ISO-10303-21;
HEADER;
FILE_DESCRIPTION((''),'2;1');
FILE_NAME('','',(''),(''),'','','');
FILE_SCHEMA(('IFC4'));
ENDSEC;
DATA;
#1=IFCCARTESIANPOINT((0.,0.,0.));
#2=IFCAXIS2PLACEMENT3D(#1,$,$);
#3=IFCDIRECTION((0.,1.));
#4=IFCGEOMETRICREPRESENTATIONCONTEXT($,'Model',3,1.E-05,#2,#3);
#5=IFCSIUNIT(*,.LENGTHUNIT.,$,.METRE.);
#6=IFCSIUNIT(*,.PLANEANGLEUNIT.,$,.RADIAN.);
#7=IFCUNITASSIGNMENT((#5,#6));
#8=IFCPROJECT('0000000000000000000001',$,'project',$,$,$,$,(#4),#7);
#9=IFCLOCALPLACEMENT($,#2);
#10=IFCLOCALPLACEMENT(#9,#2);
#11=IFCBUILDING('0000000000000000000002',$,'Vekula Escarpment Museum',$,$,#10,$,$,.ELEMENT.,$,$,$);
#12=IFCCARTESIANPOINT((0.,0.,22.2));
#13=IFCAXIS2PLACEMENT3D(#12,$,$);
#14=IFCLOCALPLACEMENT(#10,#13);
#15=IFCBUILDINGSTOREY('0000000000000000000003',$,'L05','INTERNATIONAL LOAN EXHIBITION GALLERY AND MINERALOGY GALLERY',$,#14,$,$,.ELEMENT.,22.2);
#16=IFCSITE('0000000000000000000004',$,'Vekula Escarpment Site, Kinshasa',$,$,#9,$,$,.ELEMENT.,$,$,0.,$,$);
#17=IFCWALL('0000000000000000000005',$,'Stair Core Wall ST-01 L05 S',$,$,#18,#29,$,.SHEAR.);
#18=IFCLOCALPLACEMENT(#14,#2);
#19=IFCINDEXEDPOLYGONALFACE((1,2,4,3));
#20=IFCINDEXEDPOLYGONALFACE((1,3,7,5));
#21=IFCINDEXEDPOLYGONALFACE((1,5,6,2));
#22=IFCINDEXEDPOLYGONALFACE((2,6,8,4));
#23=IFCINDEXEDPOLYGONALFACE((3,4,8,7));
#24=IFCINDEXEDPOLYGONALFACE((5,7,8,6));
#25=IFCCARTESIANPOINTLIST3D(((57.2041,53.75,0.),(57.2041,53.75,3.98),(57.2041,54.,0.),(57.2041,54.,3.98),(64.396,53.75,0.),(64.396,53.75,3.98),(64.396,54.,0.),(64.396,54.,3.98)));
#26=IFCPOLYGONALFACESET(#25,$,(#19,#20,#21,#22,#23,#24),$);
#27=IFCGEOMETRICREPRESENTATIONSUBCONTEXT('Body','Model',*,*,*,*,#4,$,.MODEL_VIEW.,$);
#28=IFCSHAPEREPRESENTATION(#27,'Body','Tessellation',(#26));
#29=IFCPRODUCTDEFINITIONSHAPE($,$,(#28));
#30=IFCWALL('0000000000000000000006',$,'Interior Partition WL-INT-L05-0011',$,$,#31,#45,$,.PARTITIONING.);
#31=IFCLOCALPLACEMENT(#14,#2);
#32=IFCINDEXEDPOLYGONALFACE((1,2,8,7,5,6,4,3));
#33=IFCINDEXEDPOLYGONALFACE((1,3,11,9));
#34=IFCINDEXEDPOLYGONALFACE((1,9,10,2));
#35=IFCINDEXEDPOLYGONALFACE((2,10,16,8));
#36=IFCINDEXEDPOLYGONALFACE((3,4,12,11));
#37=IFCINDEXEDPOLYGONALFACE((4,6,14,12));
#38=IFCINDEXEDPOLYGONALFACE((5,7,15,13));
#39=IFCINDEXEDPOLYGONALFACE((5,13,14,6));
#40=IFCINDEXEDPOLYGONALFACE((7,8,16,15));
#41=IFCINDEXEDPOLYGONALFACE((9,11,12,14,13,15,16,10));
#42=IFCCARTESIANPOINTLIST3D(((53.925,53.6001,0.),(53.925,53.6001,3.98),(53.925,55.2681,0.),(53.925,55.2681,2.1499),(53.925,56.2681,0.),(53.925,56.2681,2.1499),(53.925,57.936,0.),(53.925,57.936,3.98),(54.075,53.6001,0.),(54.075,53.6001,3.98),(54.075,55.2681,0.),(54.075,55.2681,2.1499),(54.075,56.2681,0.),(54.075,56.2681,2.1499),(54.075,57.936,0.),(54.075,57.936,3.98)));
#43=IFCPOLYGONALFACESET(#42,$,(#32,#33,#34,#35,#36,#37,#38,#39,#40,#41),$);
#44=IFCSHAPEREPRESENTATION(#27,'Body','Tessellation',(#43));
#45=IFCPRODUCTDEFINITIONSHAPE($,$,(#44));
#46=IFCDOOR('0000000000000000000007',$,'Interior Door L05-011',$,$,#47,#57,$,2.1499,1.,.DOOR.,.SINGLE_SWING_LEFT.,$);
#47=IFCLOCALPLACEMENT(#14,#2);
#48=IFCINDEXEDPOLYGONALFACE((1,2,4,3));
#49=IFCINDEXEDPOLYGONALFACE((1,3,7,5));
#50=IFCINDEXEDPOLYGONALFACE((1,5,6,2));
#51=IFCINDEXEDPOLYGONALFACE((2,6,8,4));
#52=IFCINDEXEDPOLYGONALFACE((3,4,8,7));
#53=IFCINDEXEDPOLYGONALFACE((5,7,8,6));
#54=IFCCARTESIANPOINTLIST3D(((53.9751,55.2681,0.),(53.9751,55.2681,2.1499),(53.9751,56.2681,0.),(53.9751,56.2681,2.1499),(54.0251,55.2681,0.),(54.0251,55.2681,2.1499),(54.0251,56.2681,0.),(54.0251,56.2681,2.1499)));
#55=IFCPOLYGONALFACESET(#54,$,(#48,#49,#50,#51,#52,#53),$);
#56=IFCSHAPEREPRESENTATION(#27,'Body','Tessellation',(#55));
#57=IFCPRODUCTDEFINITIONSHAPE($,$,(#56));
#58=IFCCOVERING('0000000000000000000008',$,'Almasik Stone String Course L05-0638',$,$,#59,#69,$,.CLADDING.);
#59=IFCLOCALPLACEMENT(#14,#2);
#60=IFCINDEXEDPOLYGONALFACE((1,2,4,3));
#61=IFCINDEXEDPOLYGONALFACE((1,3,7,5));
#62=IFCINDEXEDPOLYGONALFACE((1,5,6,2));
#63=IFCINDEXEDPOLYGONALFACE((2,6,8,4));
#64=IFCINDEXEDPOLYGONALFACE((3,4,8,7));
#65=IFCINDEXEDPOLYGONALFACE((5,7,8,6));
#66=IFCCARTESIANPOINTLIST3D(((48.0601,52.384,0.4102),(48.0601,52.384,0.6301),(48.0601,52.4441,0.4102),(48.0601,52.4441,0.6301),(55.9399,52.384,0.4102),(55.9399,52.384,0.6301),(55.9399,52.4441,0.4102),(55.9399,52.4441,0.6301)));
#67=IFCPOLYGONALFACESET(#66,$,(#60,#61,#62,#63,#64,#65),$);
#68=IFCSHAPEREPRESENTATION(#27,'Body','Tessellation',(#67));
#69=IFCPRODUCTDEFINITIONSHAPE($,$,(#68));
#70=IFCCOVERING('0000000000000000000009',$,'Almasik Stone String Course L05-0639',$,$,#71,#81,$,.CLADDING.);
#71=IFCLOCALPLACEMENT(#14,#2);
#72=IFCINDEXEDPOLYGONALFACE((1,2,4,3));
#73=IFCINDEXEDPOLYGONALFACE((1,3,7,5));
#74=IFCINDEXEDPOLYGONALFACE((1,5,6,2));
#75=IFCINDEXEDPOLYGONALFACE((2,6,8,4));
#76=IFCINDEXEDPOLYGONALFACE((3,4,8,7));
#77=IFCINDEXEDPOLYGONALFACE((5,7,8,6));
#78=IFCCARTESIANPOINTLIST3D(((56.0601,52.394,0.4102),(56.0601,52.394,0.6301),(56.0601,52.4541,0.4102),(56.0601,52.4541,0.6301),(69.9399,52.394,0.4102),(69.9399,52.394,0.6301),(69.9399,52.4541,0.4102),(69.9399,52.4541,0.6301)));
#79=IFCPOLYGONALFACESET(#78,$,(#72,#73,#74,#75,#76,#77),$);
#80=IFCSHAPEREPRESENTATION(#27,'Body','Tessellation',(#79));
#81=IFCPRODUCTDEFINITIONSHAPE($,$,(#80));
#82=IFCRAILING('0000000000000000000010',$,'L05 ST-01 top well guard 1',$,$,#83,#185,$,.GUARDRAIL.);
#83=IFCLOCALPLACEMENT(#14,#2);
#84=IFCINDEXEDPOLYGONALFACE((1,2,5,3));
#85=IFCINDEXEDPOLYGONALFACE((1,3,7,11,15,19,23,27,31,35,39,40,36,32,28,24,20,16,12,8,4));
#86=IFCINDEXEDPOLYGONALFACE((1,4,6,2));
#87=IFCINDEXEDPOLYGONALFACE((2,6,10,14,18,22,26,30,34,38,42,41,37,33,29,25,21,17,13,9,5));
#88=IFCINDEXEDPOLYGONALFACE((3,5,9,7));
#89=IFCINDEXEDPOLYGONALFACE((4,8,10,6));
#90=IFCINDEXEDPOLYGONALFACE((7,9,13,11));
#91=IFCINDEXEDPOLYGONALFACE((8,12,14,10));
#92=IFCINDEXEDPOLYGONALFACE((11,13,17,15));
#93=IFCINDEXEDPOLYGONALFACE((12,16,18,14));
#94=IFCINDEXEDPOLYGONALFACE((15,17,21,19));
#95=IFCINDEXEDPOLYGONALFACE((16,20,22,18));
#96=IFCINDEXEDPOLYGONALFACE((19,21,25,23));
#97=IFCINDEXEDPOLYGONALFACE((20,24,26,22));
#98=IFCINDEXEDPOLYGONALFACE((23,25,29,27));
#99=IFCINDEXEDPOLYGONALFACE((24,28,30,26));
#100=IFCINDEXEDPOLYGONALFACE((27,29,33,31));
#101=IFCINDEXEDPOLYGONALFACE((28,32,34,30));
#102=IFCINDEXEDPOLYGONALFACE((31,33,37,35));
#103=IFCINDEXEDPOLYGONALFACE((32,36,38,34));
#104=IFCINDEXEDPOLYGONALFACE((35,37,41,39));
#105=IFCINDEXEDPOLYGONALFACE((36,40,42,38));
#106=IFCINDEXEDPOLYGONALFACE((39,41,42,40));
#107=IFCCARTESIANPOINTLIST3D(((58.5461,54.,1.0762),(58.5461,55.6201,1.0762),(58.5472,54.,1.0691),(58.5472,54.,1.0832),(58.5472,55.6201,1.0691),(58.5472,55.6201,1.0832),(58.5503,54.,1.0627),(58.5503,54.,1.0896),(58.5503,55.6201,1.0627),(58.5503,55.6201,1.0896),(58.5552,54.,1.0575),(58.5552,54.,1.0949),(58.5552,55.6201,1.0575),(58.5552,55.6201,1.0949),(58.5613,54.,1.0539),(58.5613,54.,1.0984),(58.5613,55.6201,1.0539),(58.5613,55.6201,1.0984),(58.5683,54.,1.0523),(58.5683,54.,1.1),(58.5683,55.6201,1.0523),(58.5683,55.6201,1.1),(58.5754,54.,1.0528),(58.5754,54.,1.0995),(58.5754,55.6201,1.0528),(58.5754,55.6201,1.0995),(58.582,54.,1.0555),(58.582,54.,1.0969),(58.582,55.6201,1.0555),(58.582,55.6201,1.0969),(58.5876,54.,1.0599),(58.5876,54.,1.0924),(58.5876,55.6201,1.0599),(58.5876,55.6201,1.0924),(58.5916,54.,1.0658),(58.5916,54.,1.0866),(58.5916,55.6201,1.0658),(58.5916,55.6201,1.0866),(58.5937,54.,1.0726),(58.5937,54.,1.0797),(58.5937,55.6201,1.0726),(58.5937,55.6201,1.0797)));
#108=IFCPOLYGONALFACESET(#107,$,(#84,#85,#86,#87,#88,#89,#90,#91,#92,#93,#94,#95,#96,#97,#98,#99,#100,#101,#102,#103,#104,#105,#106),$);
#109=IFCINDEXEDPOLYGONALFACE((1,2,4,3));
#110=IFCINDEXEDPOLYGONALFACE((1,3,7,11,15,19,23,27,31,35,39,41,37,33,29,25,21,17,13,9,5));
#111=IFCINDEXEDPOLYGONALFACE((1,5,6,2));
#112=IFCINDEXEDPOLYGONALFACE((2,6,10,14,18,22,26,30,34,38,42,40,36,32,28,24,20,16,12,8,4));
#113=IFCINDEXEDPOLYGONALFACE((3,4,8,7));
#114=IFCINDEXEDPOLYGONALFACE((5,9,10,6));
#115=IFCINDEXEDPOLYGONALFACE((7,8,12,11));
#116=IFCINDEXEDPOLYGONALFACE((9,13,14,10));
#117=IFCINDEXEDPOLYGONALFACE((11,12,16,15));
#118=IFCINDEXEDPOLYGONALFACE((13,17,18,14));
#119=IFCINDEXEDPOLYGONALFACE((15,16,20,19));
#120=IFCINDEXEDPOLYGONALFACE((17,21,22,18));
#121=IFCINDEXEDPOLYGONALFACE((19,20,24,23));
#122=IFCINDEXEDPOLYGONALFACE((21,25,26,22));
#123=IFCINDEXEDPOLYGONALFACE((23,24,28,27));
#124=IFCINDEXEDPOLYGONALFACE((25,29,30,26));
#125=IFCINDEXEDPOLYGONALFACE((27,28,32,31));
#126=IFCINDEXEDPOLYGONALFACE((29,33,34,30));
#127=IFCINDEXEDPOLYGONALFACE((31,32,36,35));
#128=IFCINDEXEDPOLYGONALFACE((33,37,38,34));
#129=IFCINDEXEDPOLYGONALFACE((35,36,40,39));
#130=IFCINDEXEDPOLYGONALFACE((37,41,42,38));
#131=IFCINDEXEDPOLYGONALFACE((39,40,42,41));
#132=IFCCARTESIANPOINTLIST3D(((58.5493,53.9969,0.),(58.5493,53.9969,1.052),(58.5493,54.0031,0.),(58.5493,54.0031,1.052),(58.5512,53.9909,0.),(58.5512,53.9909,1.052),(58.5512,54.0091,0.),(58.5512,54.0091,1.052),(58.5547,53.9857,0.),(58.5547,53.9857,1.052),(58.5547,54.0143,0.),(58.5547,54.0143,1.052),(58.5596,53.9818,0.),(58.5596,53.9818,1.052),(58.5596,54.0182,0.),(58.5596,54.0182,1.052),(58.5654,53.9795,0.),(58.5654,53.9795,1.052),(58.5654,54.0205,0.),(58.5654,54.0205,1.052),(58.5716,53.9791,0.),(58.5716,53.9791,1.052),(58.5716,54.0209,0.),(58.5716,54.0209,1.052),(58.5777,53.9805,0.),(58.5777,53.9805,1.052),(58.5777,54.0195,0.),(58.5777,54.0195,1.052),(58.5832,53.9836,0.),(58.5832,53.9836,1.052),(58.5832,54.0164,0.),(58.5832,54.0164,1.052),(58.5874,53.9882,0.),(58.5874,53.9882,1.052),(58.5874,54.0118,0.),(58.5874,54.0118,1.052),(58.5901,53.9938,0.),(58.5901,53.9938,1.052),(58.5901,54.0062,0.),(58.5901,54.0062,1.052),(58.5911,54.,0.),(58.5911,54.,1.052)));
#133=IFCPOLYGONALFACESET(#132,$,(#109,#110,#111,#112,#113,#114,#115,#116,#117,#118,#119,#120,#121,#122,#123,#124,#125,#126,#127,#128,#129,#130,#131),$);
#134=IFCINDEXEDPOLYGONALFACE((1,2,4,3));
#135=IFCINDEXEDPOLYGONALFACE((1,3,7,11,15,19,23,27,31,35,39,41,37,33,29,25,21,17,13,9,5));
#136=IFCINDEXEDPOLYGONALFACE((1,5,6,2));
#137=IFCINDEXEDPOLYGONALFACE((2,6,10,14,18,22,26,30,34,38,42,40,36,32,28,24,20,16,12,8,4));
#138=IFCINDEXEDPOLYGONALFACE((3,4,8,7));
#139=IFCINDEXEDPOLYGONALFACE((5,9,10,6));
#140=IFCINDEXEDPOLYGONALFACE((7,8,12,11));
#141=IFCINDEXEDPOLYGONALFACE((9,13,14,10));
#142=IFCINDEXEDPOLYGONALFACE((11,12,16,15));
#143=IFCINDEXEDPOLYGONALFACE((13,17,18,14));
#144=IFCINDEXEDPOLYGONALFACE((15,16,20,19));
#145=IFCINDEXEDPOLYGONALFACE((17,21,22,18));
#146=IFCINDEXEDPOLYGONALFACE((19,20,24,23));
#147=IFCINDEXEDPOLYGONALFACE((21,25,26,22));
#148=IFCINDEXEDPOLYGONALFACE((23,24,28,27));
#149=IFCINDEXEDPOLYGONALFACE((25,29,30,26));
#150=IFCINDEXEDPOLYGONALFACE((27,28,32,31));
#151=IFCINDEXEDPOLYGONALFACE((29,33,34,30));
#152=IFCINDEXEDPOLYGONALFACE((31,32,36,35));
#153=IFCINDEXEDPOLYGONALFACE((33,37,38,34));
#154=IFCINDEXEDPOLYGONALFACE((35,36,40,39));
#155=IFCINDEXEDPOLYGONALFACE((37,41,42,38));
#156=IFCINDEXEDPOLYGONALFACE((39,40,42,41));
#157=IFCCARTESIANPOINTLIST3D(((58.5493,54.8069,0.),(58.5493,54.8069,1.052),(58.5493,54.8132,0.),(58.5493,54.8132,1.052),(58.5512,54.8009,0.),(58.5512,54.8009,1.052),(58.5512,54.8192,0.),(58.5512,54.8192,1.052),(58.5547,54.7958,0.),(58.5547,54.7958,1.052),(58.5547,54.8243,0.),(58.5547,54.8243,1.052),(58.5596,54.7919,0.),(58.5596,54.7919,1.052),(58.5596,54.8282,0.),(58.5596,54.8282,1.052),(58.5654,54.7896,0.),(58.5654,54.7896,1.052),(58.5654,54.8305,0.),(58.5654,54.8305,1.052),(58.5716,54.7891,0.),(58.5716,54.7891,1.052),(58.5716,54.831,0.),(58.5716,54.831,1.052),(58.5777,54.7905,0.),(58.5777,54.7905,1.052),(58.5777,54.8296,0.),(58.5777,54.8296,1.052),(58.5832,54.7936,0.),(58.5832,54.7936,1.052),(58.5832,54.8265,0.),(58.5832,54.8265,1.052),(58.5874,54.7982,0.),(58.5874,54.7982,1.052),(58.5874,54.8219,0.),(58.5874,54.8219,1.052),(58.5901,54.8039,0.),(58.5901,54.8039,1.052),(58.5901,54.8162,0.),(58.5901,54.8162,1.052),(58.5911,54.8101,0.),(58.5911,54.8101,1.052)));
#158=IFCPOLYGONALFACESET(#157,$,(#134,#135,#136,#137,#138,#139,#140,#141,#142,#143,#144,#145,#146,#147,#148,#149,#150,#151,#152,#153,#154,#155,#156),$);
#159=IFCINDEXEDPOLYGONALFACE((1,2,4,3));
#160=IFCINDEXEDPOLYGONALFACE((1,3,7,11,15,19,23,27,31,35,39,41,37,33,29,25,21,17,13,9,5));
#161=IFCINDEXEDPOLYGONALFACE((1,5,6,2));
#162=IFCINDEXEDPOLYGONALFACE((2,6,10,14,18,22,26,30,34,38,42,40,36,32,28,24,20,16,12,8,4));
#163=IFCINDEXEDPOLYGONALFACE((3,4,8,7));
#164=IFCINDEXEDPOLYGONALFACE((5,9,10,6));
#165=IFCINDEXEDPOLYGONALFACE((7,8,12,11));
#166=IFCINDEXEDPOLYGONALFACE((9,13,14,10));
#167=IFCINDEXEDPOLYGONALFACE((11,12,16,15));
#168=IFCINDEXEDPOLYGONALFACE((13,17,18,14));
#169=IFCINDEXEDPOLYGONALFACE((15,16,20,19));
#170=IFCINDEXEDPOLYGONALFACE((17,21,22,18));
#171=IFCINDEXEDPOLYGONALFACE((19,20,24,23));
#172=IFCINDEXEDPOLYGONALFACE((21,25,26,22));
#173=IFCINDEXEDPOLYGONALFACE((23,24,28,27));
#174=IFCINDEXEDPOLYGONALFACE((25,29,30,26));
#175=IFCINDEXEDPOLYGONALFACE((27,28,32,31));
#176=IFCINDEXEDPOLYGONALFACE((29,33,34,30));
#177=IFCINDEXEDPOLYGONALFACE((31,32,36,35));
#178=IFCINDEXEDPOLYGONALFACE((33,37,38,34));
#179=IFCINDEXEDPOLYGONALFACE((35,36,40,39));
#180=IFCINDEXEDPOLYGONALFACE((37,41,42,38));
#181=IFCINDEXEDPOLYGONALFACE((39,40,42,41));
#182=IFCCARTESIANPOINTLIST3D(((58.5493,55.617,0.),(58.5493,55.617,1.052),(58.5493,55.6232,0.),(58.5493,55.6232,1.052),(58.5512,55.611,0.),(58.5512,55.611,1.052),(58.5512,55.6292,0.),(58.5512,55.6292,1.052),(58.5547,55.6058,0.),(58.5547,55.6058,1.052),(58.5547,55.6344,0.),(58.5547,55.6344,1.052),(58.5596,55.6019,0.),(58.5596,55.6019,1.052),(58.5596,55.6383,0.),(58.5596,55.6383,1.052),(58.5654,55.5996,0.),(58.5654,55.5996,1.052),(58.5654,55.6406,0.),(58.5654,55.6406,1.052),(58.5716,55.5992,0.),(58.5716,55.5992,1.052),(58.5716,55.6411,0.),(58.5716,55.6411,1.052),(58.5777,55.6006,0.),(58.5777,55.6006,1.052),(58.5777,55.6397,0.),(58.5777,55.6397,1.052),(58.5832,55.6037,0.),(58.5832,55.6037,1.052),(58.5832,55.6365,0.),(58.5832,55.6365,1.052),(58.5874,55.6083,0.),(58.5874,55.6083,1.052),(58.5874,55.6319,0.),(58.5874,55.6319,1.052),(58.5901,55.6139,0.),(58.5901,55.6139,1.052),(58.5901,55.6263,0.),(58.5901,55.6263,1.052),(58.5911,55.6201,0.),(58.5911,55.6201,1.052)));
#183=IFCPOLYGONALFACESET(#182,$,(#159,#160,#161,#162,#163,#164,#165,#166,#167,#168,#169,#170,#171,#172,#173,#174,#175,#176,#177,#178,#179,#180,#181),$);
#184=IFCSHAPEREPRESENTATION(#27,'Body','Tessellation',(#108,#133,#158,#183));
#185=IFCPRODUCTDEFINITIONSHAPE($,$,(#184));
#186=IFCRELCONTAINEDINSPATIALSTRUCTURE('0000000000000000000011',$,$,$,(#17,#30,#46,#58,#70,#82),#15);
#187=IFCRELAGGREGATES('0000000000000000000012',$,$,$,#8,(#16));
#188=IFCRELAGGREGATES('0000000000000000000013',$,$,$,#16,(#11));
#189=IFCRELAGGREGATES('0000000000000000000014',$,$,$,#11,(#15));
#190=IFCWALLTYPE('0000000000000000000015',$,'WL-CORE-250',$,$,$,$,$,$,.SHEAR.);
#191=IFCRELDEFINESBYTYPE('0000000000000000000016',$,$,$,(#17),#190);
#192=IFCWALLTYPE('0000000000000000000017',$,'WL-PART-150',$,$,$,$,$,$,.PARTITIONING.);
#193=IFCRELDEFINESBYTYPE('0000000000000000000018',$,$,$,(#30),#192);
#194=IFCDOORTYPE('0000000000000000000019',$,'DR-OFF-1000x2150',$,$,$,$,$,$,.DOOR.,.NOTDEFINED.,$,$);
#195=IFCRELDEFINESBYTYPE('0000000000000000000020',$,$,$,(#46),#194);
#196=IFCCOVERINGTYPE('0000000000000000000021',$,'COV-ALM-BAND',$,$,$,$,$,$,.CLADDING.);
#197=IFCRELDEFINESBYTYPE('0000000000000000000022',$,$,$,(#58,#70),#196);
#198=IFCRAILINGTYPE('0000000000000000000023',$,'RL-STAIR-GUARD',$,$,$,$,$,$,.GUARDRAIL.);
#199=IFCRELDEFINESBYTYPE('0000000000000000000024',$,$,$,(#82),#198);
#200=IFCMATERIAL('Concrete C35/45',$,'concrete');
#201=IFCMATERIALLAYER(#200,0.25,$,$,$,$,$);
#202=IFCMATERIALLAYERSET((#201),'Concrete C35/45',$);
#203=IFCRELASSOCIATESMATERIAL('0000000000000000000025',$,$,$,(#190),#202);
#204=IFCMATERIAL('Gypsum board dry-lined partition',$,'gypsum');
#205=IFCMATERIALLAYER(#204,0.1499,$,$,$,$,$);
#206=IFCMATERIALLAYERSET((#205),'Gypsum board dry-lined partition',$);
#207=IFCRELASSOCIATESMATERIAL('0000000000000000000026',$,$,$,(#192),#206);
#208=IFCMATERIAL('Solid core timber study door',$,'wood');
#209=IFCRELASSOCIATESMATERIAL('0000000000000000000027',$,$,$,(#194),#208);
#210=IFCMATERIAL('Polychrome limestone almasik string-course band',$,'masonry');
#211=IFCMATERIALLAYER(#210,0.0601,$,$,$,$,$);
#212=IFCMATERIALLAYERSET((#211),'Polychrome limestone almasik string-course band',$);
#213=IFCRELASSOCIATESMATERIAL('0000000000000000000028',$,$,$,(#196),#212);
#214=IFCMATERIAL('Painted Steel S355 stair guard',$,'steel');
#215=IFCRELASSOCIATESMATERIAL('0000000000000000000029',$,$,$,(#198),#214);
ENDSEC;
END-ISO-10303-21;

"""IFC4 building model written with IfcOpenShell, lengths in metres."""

from ifc_helpers import new_model, si_unit, direction, frame, frame_2d, origin, origin_2d, place, context, subcontext, project, spatial, rectangle, circle, extrude, material, layer, layer_set, type_object, element, fill, save


model = new_model("IFC4")

# Units and contexts
model_context = context("Model", 3, precision=1e-05, world=origin(), true_north=direction((0.0, 1.0)))
body_context = subcontext(model_context, "Body", "Model", "MODEL_VIEW")
ifc_project = project(units=[si_unit("LENGTHUNIT", "METRE"), si_unit("PLANEANGLEUNIT", "RADIAN")], contexts=[model_context])

# Site, building, storey
site_placement = place(None, origin())
site = spatial("IfcSite", under=ifc_project, at=site_placement, Name="Vekula Escarpment Site, Kinshasa", CompositionType="ELEMENT", RefElevation=0.0)
building_placement = place(site_placement, origin())
building = spatial("IfcBuilding", under=site, at=building_placement, Name="Vekula Escarpment Museum", CompositionType="ELEMENT")
storey_placement = place(building_placement, frame((0.0, 0.0, 22.2)))
storey = spatial("IfcBuildingStorey", under=building, at=storey_placement, Name="L05", Description="INTERNATIONAL LOAN EXHIBITION GALLERY AND MINERALOGY GALLERY", CompositionType="ELEMENT", Elevation=22.2)

# Shared definitions
ifc_material_1 = material(Name="Concrete C35/45", Category="concrete")
ifc_layer_1 = layer(ifc_material_1, 0.25)
ifc_layer_set_1 = layer_set([ifc_layer_1], Name="Concrete C35/45")
wall_type_1 = type_object("IfcWallType", Name="WL-CORE-250", PredefinedType="SHEAR", material=ifc_layer_set_1)

# Wall
wall_1_placement = place(storey_placement, frame((57.2041, 53.875, 0.0), z_axis=(0.0, 0.0, 1.0), x_axis=(1.0, 0.0, 0.0)))
element("IfcWall", 1, at=wall_1_placement, inside=storey, type_object=wall_type_1, Name="Stair Core Wall ST-01 L05 S", PredefinedType="SHEAR", context=body_context, shape_type="SweptSolid", body=[
    extrude(rectangle(XDim=7.1919, YDim=0.25, at=frame_2d((3.5959, 0.0))), origin(), (0.0, 0.0, 1.0), 3.98),
])

# Wall, opening, door
ifc_material_2 = material(Name="Gypsum board dry-lined partition", Category="gypsum")
ifc_layer_2 = layer(ifc_material_2, 0.1499)
ifc_layer_set_2 = layer_set([ifc_layer_2], Name="Gypsum board dry-lined partition")
wall_type_2 = type_object("IfcWallType", Name="WL-PART-150", PredefinedType="PARTITIONING", material=ifc_layer_set_2)
wall_2_placement = place(storey_placement, frame((54.0, 53.6001, 0.0), z_axis=(0.0, 0.0, 1.0), x_axis=(0.0, 1.0, 0.0)))
wall_2 = element("IfcWall", 2, at=wall_2_placement, inside=storey, type_object=wall_type_2, Name="Interior Partition WL-INT-L05-0011", PredefinedType="PARTITIONING", context=body_context, shape_type="SweptSolid", body=[
    extrude(rectangle(XDim=4.3359, YDim=0.1499, at=frame_2d((2.168, 0.0))), origin(), (0.0, 0.0, 1.0), 3.98),
])
opening_1_placement = place(wall_2_placement, frame((1.668, 0.0, 0.0)))
opening_1 = element("IfcOpeningElement", 3, at=opening_1_placement, cuts=wall_2, PredefinedType="OPENING", context=body_context, shape_type="SweptSolid", body=[
    extrude(rectangle(XDim=1.0, YDim=2.1499, at=frame_2d((0.5, 1.075))), frame((0.0, 0.085, 0.0), z_axis=(0.0, -1.0, 0.0), x_axis=(1.0, 0.0, 0.0)), (0.0, 0.0, 1.0), 0.1699),
])
ifc_material_3 = material(Name="Solid core timber study door", Category="wood")
door_type_1 = type_object("IfcDoorType", Name="DR-OFF-1000x2150", OperationType="NOTDEFINED", PredefinedType="DOOR", material=ifc_material_3)
door_1_placement = place(opening_1_placement, origin())
door_1 = element("IfcDoor", 4, at=door_1_placement, inside=storey, type_object=door_type_1, Name="Interior Door L05-011", OperationType="SINGLE_SWING_LEFT", OverallHeight=2.1499, OverallWidth=1.0, PredefinedType="DOOR", context=body_context, shape_type="SweptSolid", body=[
    extrude(rectangle(XDim=1.0, YDim=2.1499, at=frame_2d((0.5, 1.075))), frame((0.0, 0.0249, 0.0), z_axis=(0.0, -1.0, 0.0), x_axis=(1.0, 0.0, 0.0)), (0.0, 0.0, 1.0), 0.05),
])
fill(opening_1, door_1)

# Coverings
ifc_material_4 = material(Name="Polychrome limestone almasik string-course band", Category="masonry")
ifc_layer_3 = layer(ifc_material_4, 0.0601)
ifc_layer_set_3 = layer_set([ifc_layer_3], Name="Polychrome limestone almasik string-course band")
covering_type = type_object("IfcCoveringType", Name="COV-ALM-BAND", PredefinedType="CLADDING", material=ifc_layer_set_3)
covering_1_placement = place(storey_placement, frame((52.0, 52.4141, 0.4102), z_axis=(0.0, 0.0, 1.0), x_axis=(1.0, 0.0, 0.0)))
element("IfcCovering", 5, at=covering_1_placement, inside=storey, type_object=covering_type, Name="Almasik Stone String Course L05-0638", PredefinedType="CLADDING", context=body_context, shape_type="SweptSolid", body=[
    extrude(rectangle(XDim=7.8799, YDim=0.0601, at=origin_2d()), origin(), (0.0, 0.0, 1.0), 0.22),
])
covering_2_placement = place(storey_placement, frame((63.0, 52.4241, 0.4102), z_axis=(0.0, 0.0, 1.0), x_axis=(1.0, 0.0, 0.0)))
element("IfcCovering", 6, at=covering_2_placement, inside=storey, type_object=covering_type, Name="Almasik Stone String Course L05-0639", PredefinedType="CLADDING", context=body_context, shape_type="SweptSolid", body=[
    extrude(rectangle(XDim=13.8799, YDim=0.0601, at=origin_2d()), origin(), (0.0, 0.0, 1.0), 0.22),
])

# Railing
ifc_material_5 = material(Name="Painted Steel S355 stair guard", Category="steel")
railing_type = type_object("IfcRailingType", Name="RL-STAIR-GUARD", PredefinedType="GUARDRAIL", material=ifc_material_5)
railing_placement = place(storey_placement, frame((58.5701, 54.0, 0.0)))
element("IfcRailing", 7, at=railing_placement, inside=storey, type_object=railing_type, Name="L05 ST-01 top well guard 1", PredefinedType="GUARDRAIL", context=body_context, shape_type="SweptSolid", body=[
    extrude(circle(Radius=0.0239, at=origin_2d()), frame((0.0, 0.0, 1.0762), z_axis=(0.0, 1.0, 0.0), x_axis=(-1.0, 0.0, 0.0)), (0.0, 0.0, 1.0), 1.6201),
    extrude(circle(Radius=0.021, at=origin_2d()), origin(), (0.0, 0.0, 1.0), 1.052),
    extrude(circle(Radius=0.021, at=origin_2d()), frame((0.0, 0.8101, 0.0)), (0.0, 0.0, 1.0), 1.052),
    extrude(circle(Radius=0.021, at=origin_2d()), frame((0.0, 1.6201, 0.0)), (0.0, 0.0, 1.0), 1.052),
])

save(model, "model.ifc")
